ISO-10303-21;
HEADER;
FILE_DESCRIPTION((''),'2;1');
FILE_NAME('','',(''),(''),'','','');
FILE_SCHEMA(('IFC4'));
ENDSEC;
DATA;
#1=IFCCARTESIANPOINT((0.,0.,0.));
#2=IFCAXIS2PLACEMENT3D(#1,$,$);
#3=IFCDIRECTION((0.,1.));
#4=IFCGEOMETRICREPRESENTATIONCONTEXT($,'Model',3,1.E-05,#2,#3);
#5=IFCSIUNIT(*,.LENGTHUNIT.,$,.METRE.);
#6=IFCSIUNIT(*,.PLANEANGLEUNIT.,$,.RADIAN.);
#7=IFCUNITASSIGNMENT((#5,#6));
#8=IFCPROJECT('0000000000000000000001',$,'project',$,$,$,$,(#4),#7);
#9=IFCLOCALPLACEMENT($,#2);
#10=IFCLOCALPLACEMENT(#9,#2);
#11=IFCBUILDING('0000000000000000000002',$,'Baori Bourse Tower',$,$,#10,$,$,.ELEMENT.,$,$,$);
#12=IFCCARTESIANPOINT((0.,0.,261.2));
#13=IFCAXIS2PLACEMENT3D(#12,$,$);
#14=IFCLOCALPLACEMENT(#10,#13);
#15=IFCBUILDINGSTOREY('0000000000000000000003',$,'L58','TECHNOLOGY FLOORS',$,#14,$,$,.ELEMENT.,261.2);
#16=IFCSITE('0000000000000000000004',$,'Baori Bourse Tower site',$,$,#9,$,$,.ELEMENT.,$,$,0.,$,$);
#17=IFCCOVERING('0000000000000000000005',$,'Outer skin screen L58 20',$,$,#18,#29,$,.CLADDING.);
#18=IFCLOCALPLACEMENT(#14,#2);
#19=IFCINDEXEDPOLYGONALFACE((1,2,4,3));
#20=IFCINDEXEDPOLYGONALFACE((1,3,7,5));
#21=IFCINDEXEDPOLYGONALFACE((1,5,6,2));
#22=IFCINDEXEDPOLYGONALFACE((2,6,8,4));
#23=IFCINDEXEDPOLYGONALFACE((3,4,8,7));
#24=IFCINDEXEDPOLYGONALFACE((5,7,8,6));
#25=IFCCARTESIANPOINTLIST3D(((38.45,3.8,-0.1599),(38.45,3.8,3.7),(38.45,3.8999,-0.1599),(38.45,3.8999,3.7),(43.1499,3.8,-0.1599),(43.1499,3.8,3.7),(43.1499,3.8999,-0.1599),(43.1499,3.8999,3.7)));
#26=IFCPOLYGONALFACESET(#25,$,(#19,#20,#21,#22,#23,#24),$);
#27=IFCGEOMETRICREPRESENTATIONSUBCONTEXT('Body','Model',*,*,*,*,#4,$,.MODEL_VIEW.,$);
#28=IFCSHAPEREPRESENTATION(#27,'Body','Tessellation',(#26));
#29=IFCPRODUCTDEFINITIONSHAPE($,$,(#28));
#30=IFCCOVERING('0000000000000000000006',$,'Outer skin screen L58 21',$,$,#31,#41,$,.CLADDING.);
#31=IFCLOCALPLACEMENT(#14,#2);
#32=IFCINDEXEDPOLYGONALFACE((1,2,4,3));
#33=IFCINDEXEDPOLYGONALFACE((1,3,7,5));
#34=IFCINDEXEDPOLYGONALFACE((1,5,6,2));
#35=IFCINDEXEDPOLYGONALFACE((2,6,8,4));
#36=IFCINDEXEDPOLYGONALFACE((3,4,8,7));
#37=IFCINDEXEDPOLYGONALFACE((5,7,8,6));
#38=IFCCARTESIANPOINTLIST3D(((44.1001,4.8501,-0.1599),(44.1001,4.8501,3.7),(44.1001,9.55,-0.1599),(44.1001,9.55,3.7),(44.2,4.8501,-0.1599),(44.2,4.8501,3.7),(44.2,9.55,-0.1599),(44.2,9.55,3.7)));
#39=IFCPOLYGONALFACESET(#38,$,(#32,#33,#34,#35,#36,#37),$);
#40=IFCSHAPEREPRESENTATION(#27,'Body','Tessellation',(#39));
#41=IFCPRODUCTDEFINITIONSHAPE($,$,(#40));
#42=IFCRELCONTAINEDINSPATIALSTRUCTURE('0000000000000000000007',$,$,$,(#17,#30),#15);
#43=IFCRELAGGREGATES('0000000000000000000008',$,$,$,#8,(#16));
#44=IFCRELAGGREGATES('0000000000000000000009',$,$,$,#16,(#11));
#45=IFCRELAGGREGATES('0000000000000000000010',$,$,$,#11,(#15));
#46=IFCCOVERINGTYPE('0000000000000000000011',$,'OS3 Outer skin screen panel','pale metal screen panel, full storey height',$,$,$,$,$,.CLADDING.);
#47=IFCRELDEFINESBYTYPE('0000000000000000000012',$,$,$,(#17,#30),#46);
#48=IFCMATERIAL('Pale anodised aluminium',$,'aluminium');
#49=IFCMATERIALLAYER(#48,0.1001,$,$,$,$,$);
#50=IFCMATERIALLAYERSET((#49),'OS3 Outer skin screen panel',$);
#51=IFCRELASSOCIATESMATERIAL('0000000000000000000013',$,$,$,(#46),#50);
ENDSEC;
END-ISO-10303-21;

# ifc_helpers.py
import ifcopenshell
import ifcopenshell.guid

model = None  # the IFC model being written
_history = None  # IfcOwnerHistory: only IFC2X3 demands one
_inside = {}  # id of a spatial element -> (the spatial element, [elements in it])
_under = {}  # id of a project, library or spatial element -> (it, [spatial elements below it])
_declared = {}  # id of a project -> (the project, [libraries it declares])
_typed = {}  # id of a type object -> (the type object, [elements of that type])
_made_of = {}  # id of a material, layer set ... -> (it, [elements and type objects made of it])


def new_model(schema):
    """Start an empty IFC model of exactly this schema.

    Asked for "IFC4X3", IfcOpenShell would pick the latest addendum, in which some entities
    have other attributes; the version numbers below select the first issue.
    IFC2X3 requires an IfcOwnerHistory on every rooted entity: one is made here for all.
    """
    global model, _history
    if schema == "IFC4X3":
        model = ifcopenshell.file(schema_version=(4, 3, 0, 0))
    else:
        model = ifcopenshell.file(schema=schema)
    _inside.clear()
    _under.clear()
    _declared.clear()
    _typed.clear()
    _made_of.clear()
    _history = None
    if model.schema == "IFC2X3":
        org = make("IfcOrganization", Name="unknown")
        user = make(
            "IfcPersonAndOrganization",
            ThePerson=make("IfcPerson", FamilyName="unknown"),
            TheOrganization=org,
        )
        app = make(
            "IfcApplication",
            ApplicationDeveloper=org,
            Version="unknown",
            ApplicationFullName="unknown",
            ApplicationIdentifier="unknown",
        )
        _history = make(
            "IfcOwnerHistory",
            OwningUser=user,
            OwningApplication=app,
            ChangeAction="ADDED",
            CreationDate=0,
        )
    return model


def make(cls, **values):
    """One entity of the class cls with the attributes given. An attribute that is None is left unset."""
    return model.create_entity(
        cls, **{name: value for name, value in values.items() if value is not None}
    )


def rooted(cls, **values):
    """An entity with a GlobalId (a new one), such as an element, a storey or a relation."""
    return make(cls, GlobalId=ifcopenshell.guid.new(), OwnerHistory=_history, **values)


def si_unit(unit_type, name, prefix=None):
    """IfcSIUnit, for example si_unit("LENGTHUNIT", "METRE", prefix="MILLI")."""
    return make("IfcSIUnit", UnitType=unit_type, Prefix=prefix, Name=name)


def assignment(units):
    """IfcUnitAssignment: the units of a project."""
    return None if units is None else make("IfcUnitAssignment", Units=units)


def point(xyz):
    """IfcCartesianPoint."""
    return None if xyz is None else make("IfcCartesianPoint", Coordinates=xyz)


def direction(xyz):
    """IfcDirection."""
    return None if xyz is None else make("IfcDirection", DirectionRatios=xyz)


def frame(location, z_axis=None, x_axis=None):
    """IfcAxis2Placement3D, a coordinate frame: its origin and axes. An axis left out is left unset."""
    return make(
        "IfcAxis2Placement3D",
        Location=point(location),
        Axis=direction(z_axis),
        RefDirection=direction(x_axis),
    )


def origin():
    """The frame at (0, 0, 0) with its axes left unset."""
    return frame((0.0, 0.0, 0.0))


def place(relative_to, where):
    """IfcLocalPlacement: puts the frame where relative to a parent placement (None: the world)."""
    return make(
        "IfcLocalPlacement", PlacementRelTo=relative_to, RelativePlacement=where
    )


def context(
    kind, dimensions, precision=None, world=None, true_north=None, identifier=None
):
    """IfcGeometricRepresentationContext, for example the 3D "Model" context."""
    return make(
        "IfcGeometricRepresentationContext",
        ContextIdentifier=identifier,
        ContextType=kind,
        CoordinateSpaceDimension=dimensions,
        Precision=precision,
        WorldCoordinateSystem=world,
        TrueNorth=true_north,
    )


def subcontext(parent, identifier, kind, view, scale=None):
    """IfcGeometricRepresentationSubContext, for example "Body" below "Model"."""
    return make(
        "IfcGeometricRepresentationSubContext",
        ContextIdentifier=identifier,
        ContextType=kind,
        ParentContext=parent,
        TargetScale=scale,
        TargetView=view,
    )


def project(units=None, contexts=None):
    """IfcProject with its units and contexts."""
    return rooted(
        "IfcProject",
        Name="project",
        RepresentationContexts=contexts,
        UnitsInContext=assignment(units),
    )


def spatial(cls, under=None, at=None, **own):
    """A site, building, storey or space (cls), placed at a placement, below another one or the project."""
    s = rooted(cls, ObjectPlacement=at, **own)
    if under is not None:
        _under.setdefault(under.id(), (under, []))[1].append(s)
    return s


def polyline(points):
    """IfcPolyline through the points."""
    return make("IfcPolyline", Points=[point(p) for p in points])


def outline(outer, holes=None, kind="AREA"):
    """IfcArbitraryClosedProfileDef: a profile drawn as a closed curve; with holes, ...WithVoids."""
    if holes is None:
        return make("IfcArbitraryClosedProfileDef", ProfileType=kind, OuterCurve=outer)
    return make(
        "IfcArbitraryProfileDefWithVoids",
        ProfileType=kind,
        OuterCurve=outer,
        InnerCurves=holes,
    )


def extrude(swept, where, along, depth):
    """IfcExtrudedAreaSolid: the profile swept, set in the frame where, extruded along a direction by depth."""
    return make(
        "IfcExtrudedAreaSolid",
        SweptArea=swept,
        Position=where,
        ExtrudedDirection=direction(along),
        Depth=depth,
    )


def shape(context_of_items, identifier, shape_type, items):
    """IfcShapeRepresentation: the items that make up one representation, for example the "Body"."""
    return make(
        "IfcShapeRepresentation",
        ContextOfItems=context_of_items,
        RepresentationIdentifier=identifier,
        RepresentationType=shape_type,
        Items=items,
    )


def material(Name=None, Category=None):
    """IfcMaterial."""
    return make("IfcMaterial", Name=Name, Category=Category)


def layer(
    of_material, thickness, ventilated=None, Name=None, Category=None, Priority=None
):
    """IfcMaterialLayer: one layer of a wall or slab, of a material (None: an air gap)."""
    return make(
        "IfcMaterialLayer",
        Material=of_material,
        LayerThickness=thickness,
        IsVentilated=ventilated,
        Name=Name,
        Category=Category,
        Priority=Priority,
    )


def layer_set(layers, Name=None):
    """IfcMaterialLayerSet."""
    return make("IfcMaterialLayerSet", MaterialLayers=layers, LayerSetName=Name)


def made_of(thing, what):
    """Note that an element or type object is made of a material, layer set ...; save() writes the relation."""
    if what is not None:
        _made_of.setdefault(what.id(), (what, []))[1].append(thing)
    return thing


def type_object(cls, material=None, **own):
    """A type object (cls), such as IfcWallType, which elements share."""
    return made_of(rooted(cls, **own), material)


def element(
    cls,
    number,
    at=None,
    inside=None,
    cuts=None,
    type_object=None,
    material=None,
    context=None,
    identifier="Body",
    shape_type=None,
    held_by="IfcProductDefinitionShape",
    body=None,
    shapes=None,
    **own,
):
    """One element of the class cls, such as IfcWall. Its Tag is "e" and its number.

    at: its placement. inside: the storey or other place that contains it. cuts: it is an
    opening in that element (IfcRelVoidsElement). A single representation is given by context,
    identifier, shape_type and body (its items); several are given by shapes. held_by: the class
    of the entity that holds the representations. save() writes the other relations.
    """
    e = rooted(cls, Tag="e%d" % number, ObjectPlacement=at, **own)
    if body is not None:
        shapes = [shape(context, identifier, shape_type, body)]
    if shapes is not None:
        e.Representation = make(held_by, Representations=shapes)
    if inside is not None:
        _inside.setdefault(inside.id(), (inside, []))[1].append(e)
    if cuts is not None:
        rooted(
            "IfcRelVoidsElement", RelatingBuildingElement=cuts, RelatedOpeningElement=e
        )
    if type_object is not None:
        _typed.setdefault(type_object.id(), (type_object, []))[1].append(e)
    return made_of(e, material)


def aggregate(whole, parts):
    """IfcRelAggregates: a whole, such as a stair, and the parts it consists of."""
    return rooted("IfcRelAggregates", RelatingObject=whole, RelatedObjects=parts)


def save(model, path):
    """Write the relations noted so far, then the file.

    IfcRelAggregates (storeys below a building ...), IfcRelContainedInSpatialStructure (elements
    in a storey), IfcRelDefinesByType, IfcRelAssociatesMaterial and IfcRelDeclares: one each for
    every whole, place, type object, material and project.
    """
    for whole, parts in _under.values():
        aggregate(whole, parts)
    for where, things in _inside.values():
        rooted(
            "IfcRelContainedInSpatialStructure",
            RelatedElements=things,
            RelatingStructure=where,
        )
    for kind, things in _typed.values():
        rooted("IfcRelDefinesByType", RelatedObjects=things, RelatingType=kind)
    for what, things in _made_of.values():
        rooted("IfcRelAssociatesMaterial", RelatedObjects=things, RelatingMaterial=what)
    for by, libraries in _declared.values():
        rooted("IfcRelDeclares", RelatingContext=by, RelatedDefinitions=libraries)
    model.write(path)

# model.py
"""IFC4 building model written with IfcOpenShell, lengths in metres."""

from ifc_helpers import new_model, si_unit, direction, frame, origin, place, context, subcontext, project, spatial, polyline, outline, extrude, material, layer, layer_set, type_object, element, save


model = new_model("IFC4")

# Units and contexts
model_context = context("Model", 3, precision=1e-05, world=origin(), true_north=direction((0.0, 1.0)))
body_context = subcontext(model_context, "Body", "Model", "MODEL_VIEW")
ifc_project = project(units=[si_unit("LENGTHUNIT", "METRE"), si_unit("PLANEANGLEUNIT", "RADIAN")], contexts=[model_context])

# Site, building, storey
site_placement = place(None, origin())
site = spatial("IfcSite", under=ifc_project, at=site_placement, Name="Baori Bourse Tower site", CompositionType="ELEMENT", RefElevation=0.0)
building_placement = place(site_placement, origin())
building = spatial("IfcBuilding", under=site, at=building_placement, Name="Baori Bourse Tower", CompositionType="ELEMENT")
storey_placement = place(building_placement, frame((0.0, 0.0, 261.2)))
storey = spatial("IfcBuildingStorey", under=building, at=storey_placement, Name="L58", Description="TECHNOLOGY FLOORS", CompositionType="ELEMENT", Elevation=261.2)

# Coverings
ifc_material_1 = material(Name="Pale anodised aluminium", Category="aluminium")
ifc_layer_1 = layer(ifc_material_1, 0.1001)
ifc_layer_set_1 = layer_set([ifc_layer_1], Name="OS3 Outer skin screen panel")
covering_type = type_object("IfcCoveringType", Name="OS3 Outer skin screen panel", Description="pale metal screen panel, full storey height", PredefinedType="CLADDING", material=ifc_layer_set_1)
covering_1_placement = place(storey_placement, frame((0.0, 0.0, -0.1599)))
element("IfcCovering", 1, at=covering_1_placement, inside=storey, type_object=covering_type, Name="Outer skin screen L58 20", PredefinedType="CLADDING", context=body_context, shape_type="SweptSolid", body=[
    extrude(outline(polyline([(43.1499, 3.8999), (38.45, 3.8999), (38.45, 3.8), (43.1499, 3.8), (43.1499, 3.8999)])), origin(), (0.0, 0.0, 1.0), 3.8599),
])
covering_2_placement = place(storey_placement, frame((0.0, 0.0, -0.1599)))
element("IfcCovering", 2, at=covering_2_placement, inside=storey, type_object=covering_type, Name="Outer skin screen L58 21", PredefinedType="CLADDING", context=body_context, shape_type="SweptSolid", body=[
    extrude(outline(polyline([(44.1001, 9.55), (44.1001, 4.8501), (44.2, 4.8501), (44.2, 9.55), (44.1001, 9.55)])), origin(), (0.0, 0.0, 1.0), 3.8599),
])

save(model, "model.ifc")
